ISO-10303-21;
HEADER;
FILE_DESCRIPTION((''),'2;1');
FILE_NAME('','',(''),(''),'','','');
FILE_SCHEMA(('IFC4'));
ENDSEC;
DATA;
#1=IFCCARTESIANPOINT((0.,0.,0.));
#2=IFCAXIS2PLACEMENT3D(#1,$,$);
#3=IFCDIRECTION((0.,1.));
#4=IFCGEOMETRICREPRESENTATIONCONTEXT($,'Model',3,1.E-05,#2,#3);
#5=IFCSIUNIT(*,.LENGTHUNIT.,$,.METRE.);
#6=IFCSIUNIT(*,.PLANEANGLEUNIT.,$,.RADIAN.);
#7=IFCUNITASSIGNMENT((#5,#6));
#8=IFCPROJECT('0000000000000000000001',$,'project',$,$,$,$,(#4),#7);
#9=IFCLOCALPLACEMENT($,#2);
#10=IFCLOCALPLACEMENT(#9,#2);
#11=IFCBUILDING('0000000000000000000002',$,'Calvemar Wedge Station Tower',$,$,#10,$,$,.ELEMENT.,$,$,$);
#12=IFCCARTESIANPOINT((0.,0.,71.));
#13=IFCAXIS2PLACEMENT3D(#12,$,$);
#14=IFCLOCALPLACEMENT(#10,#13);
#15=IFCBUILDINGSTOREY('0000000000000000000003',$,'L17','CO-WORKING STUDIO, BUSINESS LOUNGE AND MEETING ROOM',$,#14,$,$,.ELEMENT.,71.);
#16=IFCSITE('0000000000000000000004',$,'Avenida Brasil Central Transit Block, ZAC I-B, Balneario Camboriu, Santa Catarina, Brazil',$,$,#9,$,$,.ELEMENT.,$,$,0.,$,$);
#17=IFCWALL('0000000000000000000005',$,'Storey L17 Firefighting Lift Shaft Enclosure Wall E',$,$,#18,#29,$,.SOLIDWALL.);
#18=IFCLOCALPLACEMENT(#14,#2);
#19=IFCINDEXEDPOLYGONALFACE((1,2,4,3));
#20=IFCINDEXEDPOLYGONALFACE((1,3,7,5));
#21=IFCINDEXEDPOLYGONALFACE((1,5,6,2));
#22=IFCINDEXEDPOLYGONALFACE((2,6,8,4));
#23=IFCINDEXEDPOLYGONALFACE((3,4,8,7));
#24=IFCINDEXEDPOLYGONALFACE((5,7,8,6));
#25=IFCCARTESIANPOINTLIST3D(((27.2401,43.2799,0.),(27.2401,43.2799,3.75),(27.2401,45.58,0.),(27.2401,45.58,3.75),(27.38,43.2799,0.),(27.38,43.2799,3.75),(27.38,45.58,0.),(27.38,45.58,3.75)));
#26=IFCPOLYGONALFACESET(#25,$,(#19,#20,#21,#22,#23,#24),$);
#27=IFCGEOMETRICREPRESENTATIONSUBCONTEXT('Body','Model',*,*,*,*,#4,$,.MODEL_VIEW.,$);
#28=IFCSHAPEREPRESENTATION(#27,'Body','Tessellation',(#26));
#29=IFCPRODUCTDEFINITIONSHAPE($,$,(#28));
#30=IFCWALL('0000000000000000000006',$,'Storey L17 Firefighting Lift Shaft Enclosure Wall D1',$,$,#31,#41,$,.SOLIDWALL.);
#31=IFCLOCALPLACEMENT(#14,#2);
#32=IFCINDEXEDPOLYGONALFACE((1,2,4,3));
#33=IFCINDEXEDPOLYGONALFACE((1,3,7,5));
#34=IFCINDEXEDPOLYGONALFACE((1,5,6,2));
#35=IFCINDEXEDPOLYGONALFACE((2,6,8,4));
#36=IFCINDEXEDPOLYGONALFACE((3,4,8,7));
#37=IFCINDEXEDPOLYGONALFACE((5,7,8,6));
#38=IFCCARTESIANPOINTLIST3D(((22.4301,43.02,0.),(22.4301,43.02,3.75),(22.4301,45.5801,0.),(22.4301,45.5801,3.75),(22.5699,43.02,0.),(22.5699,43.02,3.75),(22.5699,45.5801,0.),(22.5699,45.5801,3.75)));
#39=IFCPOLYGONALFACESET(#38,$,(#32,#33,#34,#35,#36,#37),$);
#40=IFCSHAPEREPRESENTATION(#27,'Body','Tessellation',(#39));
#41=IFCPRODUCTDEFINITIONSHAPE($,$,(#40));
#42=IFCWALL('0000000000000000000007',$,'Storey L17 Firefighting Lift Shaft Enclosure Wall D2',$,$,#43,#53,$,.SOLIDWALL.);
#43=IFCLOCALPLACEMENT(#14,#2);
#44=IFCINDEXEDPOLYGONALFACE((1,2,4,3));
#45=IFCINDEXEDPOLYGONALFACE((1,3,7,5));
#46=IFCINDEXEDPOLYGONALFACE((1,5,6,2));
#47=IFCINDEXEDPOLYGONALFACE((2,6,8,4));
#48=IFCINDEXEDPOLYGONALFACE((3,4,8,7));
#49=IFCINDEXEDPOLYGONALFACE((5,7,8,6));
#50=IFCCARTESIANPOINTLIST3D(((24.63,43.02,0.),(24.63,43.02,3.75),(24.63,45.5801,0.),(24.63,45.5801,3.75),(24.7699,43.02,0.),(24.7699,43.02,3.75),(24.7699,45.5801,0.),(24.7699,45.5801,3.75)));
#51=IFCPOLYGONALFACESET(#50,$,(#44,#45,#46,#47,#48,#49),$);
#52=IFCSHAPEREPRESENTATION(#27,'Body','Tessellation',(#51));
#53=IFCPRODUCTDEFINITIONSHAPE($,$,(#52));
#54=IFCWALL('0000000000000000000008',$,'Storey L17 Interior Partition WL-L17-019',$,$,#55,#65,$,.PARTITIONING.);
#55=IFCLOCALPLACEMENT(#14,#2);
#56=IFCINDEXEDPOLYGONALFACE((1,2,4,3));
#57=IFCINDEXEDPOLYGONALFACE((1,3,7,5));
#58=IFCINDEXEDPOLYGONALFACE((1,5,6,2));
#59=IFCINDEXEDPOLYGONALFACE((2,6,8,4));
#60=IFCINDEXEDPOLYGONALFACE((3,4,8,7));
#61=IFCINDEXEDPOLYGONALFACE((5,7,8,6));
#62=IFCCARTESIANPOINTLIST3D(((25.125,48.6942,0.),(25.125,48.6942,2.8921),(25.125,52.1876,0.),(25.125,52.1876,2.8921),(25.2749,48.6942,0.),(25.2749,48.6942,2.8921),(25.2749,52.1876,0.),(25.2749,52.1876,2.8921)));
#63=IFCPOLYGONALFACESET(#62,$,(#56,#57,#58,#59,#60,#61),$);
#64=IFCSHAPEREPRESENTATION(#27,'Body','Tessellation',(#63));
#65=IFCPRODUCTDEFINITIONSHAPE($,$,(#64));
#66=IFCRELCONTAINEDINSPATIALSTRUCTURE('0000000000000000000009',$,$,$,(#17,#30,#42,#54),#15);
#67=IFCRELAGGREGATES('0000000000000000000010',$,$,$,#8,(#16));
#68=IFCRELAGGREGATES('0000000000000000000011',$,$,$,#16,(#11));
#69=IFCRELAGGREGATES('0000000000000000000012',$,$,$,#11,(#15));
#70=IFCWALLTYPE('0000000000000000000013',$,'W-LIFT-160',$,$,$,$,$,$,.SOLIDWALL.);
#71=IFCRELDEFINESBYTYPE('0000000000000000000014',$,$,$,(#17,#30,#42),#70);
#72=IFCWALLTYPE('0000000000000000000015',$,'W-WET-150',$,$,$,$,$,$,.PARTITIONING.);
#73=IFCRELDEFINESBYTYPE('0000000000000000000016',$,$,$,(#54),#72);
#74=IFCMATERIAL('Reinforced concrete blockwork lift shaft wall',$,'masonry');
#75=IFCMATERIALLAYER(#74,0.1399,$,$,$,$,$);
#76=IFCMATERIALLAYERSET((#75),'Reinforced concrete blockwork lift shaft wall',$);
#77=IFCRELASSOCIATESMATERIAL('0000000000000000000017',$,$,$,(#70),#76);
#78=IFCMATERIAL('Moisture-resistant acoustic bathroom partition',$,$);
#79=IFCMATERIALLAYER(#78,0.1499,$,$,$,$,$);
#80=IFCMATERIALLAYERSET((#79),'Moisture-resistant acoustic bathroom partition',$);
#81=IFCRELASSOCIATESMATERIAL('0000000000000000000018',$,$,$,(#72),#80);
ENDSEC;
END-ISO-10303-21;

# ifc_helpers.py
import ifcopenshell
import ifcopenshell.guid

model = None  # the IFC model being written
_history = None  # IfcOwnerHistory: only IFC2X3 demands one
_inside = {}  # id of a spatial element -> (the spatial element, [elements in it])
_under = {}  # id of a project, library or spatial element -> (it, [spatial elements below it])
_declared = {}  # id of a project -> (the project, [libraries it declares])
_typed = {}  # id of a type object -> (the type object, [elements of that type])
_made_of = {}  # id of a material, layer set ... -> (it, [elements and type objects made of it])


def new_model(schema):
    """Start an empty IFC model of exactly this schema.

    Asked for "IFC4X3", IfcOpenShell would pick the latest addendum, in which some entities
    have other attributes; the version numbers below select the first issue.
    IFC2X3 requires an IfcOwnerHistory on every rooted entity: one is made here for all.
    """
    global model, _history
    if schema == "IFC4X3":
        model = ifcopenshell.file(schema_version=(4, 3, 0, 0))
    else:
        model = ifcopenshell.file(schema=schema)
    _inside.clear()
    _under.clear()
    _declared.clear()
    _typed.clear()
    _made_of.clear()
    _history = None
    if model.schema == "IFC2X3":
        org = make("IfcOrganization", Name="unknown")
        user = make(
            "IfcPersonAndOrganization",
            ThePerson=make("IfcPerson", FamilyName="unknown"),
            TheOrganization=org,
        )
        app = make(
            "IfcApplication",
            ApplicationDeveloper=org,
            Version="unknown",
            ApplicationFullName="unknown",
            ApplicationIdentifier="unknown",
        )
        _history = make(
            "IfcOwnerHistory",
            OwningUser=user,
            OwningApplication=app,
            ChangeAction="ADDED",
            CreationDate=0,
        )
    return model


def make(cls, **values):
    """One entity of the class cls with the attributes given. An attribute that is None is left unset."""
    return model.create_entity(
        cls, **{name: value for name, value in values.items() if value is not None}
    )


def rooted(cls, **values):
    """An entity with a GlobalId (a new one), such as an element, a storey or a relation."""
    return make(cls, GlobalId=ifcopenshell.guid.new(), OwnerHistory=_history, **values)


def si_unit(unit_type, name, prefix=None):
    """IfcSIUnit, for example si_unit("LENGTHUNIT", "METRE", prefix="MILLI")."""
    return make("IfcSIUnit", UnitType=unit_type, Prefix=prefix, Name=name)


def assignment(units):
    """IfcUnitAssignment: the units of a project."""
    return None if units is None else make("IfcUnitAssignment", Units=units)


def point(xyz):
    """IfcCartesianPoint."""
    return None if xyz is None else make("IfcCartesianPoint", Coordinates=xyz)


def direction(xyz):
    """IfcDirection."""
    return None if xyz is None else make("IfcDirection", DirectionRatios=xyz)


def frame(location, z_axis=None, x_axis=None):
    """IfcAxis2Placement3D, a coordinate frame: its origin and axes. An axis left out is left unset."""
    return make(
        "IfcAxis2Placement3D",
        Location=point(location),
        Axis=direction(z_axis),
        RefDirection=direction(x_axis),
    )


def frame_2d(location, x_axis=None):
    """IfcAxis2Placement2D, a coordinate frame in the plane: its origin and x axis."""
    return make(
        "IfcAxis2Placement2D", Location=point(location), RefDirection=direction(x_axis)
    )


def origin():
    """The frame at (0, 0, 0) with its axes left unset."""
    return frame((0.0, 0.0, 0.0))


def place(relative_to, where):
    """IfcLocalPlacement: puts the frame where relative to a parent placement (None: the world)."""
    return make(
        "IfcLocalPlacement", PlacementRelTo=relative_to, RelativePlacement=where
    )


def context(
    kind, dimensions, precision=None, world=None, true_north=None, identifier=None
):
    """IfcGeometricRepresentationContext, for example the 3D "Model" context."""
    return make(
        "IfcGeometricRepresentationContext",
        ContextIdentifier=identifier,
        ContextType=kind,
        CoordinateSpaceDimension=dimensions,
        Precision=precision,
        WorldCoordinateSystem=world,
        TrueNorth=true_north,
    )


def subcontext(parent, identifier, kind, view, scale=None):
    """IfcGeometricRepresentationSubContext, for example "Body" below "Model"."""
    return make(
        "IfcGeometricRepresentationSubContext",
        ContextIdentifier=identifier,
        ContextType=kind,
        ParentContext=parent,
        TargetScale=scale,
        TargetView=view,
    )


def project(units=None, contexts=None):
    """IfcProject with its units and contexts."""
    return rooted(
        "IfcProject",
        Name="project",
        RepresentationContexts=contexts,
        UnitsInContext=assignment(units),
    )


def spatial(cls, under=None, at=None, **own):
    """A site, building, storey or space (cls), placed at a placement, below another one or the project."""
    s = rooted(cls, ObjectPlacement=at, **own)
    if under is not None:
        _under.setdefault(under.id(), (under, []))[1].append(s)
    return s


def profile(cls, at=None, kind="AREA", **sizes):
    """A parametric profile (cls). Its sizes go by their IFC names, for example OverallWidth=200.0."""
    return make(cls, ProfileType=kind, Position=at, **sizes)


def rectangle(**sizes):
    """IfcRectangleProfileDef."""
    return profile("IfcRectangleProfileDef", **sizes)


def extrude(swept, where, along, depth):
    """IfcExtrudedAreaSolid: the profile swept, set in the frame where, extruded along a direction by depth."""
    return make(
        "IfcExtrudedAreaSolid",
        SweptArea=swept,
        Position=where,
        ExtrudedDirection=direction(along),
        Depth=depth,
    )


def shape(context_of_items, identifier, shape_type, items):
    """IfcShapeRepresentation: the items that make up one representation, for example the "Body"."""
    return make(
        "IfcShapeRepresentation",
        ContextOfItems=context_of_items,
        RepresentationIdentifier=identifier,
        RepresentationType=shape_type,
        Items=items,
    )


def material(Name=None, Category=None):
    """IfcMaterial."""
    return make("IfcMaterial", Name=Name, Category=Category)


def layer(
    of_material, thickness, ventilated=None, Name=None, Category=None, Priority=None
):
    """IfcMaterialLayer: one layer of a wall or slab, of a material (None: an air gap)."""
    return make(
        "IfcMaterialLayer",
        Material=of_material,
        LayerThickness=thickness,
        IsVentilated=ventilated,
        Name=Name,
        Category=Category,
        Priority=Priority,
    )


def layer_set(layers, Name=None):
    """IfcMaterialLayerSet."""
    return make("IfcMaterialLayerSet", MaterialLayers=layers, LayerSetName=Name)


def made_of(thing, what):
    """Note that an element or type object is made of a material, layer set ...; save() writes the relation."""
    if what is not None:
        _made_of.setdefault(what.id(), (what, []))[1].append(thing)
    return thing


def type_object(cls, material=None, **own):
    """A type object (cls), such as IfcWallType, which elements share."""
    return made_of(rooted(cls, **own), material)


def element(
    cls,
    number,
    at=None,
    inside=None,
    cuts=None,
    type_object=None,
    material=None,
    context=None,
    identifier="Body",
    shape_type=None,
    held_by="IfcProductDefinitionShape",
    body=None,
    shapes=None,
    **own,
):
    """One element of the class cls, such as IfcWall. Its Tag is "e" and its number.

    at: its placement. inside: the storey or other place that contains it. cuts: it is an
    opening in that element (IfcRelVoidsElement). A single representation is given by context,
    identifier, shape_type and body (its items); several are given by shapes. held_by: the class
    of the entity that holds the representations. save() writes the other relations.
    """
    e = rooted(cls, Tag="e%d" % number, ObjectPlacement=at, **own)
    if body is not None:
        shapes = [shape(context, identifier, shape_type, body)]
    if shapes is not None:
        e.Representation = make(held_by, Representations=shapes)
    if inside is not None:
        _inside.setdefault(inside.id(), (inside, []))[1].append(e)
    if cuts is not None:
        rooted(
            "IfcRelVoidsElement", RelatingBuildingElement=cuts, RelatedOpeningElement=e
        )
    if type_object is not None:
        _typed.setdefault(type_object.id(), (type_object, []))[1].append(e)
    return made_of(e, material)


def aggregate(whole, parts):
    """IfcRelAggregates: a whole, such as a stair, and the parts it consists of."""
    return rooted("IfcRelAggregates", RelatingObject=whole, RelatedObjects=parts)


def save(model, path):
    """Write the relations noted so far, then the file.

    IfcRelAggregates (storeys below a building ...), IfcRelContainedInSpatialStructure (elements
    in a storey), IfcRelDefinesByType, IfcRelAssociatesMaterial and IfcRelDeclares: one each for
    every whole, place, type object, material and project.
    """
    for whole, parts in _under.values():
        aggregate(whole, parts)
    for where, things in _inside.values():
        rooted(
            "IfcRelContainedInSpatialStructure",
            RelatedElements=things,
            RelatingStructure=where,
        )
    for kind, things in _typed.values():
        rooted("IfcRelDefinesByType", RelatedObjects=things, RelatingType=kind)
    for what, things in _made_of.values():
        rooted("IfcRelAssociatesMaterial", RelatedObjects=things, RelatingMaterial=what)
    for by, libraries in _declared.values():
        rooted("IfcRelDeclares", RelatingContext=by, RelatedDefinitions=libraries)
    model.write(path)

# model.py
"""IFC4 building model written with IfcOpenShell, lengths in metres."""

from ifc_helpers import new_model, si_unit, direction, frame, frame_2d, origin, place, context, subcontext, project, spatial, rectangle, extrude, material, layer, layer_set, type_object, element, save


model = new_model("IFC4")

# Units and contexts
model_context = context("Model", 3, precision=1e-05, world=origin(), true_north=direction((0.0, 1.0)))
body_context = subcontext(model_context, "Body", "Model", "MODEL_VIEW")
ifc_project = project(units=[si_unit("LENGTHUNIT", "METRE"), si_unit("PLANEANGLEUNIT", "RADIAN")], contexts=[model_context])

# Site, building, storey
site_placement = place(None, origin())
site = spatial("IfcSite", under=ifc_project, at=site_placement, Name="Avenida Brasil Central Transit Block, ZAC I-B, Balneario Camboriu, Santa Catarina, Brazil", CompositionType="ELEMENT", RefElevation=0.0)
building_placement = place(site_placement, origin())
building = spatial("IfcBuilding", under=site, at=building_placement, Name="Calvemar Wedge Station Tower", CompositionType="ELEMENT")
storey_placement = place(building_placement, frame((0.0, 0.0, 71.0)))
storey = spatial("IfcBuildingStorey", under=building, at=storey_placement, Name="L17", Description="CO-WORKING STUDIO, BUSINESS LOUNGE AND MEETING ROOM", CompositionType="ELEMENT", Elevation=71.0)

# Walls
ifc_material_1 = material(Name="Reinforced concrete blockwork lift shaft wall", Category="masonry")
ifc_layer_1 = layer(ifc_material_1, 0.1399)
ifc_layer_set_1 = layer_set([ifc_layer_1], Name="Reinforced concrete blockwork lift shaft wall")
wall_type_1 = type_object("IfcWallType", Name="W-LIFT-160", PredefinedType="SOLIDWALL", material=ifc_layer_set_1)
wall_1_placement = place(storey_placement, frame((27.3101, 43.28, 0.0), z_axis=(0.0, 0.0, 1.0), x_axis=(0.0, 1.0, 0.0)))
element("IfcWall", 1, at=wall_1_placement, inside=storey, type_object=wall_type_1, Name="Storey L17 Firefighting Lift Shaft Enclosure Wall E", PredefinedType="SOLIDWALL", context=body_context, shape_type="SweptSolid", body=[
    extrude(rectangle(XDim=2.3, YDim=0.1399, at=frame_2d((1.1499, 0.0))), origin(), (0.0, 0.0, 1.0), 3.75),
])
for number, where, z_axis, x_axis, name in (
    (2, (22.5, 43.02, 0.0), (0.0, 0.0, 1.0), (0.0, 1.0, 0.0), "Storey L17 Firefighting Lift Shaft Enclosure Wall D1"),
    (3, (24.7, 43.02, 0.0), (0.0, 0.0, 1.0), (0.0, 1.0, 0.0), "Storey L17 Firefighting Lift Shaft Enclosure Wall D2"),
):
    element("IfcWall", number, at=place(storey_placement, frame(where, z_axis=z_axis, x_axis=x_axis)), inside=storey, type_object=wall_type_1, Name=name, PredefinedType="SOLIDWALL", context=body_context, shape_type="SweptSolid", body=[
        extrude(rectangle(XDim=2.5601, YDim=0.1399, at=frame_2d((1.28, 0.0))), origin(), (0.0, 0.0, 1.0), 3.75),
    ])
ifc_material_2 = material(Name="Moisture-resistant acoustic bathroom partition")
ifc_layer_2 = layer(ifc_material_2, 0.1499)
ifc_layer_set_2 = layer_set([ifc_layer_2], Name="Moisture-resistant acoustic bathroom partition")
wall_type_2 = type_object("IfcWallType", Name="W-WET-150", PredefinedType="PARTITIONING", material=ifc_layer_set_2)
wall_2_placement = place(storey_placement, frame((25.2, 52.1875, 0.0), z_axis=(0.0, 0.0, 1.0), x_axis=(0.0, -1.0, 0.0)))
element("IfcWall", 4, at=wall_2_placement, inside=storey, type_object=wall_type_2, Name="Storey L17 Interior Partition WL-L17-019", PredefinedType="PARTITIONING", context=body_context, shape_type="SweptSolid", body=[
    extrude(rectangle(XDim=3.4934, YDim=0.1499, at=frame_2d((1.7466, 0.0))), origin(), (0.0, 0.0, 1.0), 2.8921),
])

save(model, "model.ifc")
